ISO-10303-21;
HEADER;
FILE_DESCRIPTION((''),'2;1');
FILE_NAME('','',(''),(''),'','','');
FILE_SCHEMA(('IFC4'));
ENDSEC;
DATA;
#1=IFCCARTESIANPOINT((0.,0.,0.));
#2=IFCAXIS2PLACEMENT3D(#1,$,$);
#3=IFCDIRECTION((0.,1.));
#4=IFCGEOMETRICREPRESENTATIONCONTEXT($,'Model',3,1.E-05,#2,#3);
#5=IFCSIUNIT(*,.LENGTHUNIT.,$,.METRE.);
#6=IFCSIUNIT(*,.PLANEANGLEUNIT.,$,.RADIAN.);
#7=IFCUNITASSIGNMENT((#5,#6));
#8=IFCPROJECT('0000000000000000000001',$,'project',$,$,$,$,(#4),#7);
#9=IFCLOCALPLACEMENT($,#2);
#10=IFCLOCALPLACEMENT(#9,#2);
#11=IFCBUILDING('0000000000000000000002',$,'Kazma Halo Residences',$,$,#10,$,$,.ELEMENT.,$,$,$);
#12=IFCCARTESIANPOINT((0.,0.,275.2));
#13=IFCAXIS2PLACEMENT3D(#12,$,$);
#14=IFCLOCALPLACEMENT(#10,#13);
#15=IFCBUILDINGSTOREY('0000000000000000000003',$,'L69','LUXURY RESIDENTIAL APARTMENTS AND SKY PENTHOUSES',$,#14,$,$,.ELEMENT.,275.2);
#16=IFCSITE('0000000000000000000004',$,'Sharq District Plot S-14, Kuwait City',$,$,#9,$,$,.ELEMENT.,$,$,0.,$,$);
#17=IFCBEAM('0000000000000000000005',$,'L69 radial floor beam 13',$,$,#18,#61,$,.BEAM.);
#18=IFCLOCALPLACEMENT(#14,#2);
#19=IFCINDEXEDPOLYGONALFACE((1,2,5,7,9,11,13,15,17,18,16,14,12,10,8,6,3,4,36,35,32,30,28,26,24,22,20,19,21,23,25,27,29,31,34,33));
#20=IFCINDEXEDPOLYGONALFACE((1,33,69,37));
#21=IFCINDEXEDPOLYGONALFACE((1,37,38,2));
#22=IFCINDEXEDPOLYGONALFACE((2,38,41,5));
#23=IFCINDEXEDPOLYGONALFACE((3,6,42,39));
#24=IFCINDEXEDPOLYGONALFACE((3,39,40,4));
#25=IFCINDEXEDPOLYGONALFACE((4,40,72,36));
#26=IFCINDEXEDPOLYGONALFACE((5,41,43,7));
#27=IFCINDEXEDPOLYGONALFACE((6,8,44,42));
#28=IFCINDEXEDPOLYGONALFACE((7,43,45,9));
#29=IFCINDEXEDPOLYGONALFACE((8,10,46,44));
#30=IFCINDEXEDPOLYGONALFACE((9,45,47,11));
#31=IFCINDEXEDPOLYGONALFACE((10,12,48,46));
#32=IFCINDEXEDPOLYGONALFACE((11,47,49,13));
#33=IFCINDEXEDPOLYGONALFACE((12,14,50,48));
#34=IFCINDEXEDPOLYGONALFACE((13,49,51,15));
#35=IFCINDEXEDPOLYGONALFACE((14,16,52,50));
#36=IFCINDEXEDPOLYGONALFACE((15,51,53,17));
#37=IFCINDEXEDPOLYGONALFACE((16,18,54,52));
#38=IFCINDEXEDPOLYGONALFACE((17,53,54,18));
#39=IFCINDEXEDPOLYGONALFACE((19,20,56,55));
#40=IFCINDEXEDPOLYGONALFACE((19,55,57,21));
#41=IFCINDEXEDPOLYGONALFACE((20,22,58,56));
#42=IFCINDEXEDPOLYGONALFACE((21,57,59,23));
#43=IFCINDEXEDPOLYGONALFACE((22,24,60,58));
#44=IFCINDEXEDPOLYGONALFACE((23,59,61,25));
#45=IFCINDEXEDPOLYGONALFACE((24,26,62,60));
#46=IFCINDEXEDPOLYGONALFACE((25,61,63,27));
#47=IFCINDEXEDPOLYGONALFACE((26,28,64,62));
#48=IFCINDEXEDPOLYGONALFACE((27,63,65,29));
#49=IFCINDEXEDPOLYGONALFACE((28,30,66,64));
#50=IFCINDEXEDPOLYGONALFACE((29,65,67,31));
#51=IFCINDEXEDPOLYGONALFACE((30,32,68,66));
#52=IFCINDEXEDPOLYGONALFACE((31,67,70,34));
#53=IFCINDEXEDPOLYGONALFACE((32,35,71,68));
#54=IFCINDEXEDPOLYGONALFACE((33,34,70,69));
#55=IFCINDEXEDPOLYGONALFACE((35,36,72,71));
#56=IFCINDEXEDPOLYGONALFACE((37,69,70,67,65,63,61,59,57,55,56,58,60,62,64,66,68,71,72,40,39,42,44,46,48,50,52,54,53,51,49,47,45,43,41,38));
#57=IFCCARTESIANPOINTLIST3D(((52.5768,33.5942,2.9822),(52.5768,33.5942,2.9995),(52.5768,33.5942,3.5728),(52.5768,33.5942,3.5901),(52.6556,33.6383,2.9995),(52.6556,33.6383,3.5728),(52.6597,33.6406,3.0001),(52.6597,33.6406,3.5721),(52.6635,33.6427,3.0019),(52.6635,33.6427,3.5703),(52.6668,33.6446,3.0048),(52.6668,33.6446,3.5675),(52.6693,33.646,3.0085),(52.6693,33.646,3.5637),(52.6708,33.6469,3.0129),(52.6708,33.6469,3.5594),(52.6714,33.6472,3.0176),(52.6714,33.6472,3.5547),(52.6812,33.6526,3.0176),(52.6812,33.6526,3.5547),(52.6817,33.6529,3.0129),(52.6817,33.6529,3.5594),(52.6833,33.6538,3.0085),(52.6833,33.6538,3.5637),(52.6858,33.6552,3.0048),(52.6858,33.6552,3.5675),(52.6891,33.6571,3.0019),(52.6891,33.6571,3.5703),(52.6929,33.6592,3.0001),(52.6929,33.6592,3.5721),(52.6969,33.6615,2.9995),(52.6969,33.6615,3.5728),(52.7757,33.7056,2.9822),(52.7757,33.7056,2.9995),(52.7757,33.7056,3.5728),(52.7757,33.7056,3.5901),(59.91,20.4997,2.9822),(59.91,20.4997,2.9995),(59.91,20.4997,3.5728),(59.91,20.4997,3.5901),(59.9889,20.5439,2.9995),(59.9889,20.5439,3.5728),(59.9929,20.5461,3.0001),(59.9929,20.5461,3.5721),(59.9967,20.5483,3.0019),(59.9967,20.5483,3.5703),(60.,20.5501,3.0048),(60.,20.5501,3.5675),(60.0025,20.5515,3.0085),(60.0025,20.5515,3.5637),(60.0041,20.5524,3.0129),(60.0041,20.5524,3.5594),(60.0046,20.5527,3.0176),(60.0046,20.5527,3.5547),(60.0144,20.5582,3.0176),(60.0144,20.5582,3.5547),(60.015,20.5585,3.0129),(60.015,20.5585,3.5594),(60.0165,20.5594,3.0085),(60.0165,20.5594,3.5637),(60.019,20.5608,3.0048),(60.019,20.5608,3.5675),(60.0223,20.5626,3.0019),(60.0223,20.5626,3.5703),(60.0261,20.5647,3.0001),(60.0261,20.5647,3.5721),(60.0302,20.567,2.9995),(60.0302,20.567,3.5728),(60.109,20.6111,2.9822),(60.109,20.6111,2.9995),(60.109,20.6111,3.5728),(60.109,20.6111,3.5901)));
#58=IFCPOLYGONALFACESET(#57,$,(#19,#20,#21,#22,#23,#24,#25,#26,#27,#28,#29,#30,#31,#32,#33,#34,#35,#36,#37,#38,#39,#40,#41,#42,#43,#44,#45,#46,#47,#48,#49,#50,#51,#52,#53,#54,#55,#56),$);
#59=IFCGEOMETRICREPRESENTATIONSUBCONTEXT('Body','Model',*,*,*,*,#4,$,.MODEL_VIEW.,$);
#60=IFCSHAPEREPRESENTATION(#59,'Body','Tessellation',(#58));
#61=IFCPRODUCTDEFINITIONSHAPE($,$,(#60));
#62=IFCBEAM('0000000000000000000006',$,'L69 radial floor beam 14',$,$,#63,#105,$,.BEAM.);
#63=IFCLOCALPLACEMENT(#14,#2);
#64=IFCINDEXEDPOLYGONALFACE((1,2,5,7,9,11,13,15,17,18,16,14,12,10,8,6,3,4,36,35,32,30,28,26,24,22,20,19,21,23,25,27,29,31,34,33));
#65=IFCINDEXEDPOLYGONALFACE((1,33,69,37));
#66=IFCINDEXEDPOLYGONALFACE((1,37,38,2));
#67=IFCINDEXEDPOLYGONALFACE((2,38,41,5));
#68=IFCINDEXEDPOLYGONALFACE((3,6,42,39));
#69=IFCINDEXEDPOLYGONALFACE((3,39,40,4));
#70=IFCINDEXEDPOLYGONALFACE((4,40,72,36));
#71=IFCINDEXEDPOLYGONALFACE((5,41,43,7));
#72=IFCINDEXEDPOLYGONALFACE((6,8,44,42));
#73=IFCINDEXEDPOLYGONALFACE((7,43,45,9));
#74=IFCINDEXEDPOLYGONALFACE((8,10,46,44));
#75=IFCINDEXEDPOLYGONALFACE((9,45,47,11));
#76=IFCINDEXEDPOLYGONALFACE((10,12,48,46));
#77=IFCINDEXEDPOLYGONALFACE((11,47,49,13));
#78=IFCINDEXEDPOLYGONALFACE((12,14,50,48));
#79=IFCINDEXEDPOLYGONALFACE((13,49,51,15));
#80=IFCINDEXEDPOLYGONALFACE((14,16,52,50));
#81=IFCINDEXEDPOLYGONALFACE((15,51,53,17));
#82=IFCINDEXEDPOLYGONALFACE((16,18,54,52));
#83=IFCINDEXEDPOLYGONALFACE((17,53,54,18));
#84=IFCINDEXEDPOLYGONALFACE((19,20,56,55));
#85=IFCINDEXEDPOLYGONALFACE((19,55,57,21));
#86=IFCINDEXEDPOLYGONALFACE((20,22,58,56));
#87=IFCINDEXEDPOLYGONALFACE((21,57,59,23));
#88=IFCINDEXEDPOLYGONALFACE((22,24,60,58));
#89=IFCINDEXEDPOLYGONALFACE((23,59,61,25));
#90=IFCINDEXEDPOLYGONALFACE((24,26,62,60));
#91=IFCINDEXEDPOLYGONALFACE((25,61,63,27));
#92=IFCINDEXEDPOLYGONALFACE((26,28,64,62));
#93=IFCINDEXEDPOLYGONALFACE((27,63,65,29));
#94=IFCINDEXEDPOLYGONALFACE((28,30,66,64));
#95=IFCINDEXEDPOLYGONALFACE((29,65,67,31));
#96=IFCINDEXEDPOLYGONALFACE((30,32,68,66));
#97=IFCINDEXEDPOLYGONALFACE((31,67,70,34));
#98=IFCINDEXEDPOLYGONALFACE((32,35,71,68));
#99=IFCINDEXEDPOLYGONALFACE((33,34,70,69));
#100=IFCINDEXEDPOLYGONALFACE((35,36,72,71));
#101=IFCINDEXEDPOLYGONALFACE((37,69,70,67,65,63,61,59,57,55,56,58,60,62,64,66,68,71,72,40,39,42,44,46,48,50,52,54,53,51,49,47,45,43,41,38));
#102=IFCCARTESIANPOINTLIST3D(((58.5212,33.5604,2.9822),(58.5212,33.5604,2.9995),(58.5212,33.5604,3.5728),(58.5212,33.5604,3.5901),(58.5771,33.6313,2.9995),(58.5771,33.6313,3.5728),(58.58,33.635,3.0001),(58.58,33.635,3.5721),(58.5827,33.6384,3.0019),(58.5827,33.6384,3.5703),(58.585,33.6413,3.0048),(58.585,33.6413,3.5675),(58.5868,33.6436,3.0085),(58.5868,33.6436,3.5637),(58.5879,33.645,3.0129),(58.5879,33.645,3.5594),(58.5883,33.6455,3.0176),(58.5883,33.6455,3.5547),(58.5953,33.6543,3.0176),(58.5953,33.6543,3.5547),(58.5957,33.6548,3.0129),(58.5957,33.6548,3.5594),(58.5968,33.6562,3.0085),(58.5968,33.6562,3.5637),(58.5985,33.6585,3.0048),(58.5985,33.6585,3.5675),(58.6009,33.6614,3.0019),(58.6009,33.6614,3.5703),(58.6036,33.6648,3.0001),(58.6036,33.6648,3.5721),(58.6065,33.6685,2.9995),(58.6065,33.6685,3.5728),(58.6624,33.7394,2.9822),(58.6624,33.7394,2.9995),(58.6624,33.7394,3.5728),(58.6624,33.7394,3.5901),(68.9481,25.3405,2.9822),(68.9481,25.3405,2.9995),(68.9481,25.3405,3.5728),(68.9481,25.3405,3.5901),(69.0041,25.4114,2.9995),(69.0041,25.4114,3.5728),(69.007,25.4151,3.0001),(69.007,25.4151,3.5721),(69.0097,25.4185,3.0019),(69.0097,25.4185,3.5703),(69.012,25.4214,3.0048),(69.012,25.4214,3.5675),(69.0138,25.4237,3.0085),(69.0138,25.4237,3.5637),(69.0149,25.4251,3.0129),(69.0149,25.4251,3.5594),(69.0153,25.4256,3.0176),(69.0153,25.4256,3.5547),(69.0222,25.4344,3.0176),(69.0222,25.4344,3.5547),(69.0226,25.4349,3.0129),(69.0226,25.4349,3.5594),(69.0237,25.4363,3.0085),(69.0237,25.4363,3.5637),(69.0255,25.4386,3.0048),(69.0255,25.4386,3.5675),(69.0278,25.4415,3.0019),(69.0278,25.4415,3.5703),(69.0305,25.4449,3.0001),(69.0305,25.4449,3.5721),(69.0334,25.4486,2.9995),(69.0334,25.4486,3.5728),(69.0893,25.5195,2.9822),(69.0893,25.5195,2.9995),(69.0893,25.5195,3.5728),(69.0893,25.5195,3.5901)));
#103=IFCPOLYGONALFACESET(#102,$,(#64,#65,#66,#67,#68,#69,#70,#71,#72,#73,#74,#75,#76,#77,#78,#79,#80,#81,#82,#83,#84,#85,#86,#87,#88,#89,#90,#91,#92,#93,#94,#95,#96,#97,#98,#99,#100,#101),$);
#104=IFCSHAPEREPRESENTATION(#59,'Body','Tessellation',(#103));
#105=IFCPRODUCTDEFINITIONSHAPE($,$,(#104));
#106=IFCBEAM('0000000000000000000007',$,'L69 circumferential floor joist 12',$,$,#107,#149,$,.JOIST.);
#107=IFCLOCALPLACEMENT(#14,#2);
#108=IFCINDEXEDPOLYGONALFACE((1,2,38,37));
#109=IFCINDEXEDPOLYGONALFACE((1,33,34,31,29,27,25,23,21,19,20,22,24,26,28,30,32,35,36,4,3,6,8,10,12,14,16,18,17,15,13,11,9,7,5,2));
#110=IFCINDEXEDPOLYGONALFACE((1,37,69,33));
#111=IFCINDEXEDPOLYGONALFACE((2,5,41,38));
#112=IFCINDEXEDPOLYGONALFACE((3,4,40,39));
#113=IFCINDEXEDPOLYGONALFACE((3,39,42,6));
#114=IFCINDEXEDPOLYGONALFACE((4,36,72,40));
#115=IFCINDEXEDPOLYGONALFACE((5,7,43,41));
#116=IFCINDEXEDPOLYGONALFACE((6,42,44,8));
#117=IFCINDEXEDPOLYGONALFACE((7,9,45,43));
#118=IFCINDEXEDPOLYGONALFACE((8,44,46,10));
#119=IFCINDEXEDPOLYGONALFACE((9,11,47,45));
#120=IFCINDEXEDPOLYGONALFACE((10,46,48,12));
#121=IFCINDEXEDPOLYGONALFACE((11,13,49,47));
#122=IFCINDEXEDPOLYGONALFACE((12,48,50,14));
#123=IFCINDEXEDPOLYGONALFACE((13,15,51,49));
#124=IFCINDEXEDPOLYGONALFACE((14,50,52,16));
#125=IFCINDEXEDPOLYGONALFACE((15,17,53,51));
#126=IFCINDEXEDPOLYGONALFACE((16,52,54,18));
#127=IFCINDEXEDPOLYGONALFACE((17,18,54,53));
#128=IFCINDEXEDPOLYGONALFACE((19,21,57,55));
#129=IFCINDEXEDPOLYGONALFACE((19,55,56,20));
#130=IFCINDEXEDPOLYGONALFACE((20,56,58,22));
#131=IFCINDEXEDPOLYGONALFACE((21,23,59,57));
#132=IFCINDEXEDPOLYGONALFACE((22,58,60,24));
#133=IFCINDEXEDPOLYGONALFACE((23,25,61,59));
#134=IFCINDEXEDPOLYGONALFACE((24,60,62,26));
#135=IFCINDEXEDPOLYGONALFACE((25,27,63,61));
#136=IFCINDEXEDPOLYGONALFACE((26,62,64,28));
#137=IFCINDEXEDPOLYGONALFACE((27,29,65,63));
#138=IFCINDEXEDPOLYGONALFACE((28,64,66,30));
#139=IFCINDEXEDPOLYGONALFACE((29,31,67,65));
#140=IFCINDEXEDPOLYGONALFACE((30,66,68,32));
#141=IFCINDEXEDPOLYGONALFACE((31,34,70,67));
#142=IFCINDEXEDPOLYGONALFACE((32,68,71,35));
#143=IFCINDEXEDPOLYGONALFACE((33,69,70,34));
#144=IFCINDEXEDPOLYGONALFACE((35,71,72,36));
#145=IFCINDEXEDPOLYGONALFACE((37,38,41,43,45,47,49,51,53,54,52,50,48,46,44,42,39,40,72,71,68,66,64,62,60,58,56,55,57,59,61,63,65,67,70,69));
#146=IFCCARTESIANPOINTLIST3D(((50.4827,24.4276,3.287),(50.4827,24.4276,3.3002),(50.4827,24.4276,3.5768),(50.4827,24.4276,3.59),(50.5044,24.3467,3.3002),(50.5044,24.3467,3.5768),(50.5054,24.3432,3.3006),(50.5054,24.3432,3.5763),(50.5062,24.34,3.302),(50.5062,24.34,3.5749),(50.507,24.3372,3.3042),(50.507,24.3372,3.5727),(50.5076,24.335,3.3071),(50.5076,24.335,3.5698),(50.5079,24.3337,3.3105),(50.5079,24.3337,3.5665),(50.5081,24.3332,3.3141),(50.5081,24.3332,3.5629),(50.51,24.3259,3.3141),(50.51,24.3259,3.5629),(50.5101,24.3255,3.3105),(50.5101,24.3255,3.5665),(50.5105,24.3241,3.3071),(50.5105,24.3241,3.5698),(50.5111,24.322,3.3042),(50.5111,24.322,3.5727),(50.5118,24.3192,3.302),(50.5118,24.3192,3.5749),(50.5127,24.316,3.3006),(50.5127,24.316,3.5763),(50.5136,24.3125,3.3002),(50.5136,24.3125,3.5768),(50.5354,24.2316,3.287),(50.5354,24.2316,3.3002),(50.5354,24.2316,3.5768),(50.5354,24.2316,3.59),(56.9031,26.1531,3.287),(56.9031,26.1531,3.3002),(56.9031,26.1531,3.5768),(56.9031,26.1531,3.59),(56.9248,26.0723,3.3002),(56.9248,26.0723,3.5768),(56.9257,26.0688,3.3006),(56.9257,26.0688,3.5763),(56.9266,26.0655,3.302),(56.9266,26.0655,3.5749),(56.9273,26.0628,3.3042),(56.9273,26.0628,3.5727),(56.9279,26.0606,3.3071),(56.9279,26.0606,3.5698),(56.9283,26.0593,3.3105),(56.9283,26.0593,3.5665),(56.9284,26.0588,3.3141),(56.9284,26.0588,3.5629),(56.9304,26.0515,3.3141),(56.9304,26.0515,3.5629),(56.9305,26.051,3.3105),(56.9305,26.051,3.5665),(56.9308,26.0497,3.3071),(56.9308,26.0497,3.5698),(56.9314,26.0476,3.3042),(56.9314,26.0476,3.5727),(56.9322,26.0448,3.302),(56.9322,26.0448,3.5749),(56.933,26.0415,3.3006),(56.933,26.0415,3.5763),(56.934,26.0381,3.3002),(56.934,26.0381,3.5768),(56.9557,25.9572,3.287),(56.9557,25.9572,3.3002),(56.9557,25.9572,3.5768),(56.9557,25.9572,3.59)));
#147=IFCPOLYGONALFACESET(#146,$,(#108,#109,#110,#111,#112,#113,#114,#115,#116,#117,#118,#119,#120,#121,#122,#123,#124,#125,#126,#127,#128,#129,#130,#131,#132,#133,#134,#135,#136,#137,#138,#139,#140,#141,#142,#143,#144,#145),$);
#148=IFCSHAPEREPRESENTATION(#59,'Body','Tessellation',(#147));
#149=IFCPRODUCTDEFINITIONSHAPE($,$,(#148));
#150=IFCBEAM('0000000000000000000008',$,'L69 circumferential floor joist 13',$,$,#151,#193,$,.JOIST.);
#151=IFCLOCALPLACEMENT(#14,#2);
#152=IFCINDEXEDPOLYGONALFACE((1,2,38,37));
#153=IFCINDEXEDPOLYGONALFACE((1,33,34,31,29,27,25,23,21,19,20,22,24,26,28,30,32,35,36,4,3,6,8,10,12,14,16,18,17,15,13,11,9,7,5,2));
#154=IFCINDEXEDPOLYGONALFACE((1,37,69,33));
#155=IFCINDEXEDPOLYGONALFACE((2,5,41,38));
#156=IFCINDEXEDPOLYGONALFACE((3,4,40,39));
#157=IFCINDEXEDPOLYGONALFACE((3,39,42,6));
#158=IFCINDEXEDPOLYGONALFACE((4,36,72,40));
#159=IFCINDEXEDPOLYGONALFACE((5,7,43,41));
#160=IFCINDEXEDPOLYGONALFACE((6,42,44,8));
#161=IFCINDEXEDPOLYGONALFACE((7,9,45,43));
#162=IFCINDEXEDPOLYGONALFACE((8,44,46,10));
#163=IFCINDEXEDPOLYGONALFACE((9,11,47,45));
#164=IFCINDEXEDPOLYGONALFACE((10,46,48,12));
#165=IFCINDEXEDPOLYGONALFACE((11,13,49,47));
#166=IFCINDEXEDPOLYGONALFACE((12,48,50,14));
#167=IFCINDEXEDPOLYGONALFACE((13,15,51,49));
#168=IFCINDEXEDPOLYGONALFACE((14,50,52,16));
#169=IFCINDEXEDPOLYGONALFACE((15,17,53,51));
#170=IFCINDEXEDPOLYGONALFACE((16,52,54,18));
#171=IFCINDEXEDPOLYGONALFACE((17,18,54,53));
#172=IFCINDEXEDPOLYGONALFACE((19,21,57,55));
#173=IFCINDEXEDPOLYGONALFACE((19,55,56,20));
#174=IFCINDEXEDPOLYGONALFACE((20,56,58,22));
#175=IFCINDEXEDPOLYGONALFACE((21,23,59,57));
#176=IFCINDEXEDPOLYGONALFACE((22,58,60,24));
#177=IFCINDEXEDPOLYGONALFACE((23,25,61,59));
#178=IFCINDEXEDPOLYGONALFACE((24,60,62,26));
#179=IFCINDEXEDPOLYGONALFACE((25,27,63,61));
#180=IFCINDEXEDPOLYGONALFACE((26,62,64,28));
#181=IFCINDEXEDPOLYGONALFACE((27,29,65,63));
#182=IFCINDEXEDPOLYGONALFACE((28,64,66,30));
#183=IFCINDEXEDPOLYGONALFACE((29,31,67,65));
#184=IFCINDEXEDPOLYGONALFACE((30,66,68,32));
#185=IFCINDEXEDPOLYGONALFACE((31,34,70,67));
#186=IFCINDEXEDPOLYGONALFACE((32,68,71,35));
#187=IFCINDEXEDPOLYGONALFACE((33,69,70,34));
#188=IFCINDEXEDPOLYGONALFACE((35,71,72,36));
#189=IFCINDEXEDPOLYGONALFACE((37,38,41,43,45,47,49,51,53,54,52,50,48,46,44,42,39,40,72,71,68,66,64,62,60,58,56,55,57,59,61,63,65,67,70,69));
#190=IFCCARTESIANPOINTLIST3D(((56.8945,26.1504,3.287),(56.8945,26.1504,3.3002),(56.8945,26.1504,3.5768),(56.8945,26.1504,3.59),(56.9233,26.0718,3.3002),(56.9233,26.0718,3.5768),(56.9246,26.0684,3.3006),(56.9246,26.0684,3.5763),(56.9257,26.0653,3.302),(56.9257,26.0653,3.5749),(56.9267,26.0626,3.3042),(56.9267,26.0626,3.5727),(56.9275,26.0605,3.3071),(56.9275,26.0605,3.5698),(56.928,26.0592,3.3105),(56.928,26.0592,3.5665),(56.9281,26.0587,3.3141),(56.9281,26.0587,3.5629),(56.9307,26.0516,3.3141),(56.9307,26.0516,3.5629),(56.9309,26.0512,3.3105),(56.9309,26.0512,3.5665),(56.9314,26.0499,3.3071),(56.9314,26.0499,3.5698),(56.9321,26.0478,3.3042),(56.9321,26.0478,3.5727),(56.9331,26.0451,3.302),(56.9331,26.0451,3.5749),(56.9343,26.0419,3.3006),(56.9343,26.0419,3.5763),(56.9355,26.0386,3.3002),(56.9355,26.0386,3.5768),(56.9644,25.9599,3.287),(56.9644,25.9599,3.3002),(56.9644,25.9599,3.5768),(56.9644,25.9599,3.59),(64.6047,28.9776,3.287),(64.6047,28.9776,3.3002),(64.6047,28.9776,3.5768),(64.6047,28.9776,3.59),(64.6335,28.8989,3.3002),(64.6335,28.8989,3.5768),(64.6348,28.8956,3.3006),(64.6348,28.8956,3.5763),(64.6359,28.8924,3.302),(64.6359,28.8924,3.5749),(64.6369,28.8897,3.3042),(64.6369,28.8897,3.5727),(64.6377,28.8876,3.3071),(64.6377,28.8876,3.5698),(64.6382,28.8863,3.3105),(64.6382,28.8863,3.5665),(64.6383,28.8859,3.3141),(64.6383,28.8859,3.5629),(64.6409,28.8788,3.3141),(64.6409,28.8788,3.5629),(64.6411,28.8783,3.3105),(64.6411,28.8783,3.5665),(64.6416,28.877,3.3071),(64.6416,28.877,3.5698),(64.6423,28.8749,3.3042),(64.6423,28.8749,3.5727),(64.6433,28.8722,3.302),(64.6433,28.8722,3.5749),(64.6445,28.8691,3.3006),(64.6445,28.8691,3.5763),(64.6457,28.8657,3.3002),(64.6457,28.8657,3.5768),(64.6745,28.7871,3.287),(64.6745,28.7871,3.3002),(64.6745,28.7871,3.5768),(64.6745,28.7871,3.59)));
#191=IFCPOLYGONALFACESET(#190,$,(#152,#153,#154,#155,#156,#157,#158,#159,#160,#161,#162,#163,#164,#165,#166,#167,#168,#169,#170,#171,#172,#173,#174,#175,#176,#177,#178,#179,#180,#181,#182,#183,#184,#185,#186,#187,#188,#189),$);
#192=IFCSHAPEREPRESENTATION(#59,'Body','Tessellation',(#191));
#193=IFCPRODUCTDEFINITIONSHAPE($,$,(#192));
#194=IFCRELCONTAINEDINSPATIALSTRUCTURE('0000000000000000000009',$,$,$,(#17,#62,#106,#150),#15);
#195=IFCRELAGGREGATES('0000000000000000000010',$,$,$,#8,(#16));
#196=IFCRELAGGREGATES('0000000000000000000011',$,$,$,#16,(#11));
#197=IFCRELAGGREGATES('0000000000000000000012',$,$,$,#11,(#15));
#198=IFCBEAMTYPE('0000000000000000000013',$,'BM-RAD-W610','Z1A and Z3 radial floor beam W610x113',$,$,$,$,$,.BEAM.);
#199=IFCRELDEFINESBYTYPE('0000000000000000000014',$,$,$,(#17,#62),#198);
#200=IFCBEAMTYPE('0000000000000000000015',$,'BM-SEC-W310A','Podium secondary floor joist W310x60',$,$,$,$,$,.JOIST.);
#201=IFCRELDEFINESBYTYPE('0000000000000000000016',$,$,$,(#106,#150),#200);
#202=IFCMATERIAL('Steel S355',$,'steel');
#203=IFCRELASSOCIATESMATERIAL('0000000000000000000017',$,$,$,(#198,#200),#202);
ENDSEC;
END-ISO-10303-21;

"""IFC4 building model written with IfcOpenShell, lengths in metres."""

from ifc_helpers import new_model, si_unit, direction, frame, origin, origin_2d, place, context, subcontext, project, spatial, i_section, extrude, material, material_profile, profile_set, type_object, element, save


model = new_model("IFC4")

# Units and contexts
model_context = context("Model", 3, precision=1e-05, world=origin(), true_north=direction((0.0, 1.0)))
body_context = subcontext(model_context, "Body", "Model", "MODEL_VIEW")
ifc_project = project(units=[si_unit("LENGTHUNIT", "METRE"), si_unit("PLANEANGLEUNIT", "RADIAN")], contexts=[model_context])

# Site, building, storey
site_placement = place(None, origin())
site = spatial("IfcSite", under=ifc_project, at=site_placement, Name="Sharq District Plot S-14, Kuwait City", CompositionType="ELEMENT", RefElevation=0.0)
building_placement = place(site_placement, origin())
building = spatial("IfcBuilding", under=site, at=building_placement, Name="Kazma Halo Residences", CompositionType="ELEMENT")
storey_placement = place(building_placement, frame((0.0, 0.0, 275.2)))
storey = spatial("IfcBuildingStorey", under=building, at=storey_placement, Name="L69", Description="LUXURY RESIDENTIAL APARTMENTS AND SKY PENTHOUSES", CompositionType="ELEMENT", Elevation=275.2)

# Beams
ifc_material_1 = material(Name="Steel S355", Category="steel")
ifc_material_profile_1 = material_profile(ifc_material_1, i_section(OverallWidth=0.228, OverallDepth=0.6079, WebThickness=0.0112, FlangeThickness=0.0173, FilletRadius=0.0181, at=origin_2d()), Name="W610x113")
ifc_profile_set_1 = profile_set([ifc_material_profile_1], Name="Steel S355")
beam_type_1 = type_object("IfcBeamType", Name="BM-RAD-W610", Description="Z1A and Z3 radial floor beam W610x113", PredefinedType="BEAM", material=ifc_profile_set_1)
beam_1_placement = place(storey_placement, frame((52.6763, 33.6499, 3.2861), z_axis=(0.488621, -0.872496, 0.0), x_axis=(0.872496, 0.488621, 0.0)))
element("IfcBeam", 1, at=beam_1_placement, inside=storey, type_object=beam_type_1, Name="L69 radial floor beam 13", PredefinedType="BEAM", context=body_context, shape_type="SweptSolid", body=[
    extrude(i_section(OverallWidth=0.228, OverallDepth=0.6079, WebThickness=0.0112, FlangeThickness=0.0173, FilletRadius=0.0181, at=origin_2d()), origin(), (0.0, 0.0, 1.0), 15.0081),
])
beam_2_placement = place(storey_placement, frame((58.5918, 33.6499, 3.2861), z_axis=(0.785317, -0.619093, 0.0), x_axis=(0.619093, 0.785317, 0.0)))
element("IfcBeam", 2, at=beam_2_placement, inside=storey, type_object=beam_type_1, Name="L69 radial floor beam 14", PredefinedType="BEAM", context=body_context, shape_type="SweptSolid", body=[
    extrude(i_section(OverallWidth=0.228, OverallDepth=0.6079, WebThickness=0.0112, FlangeThickness=0.0173, FilletRadius=0.0181, at=origin_2d()), origin(), (0.0, 0.0, 1.0), 13.2773),
])
ifc_material_profile_2 = material_profile(ifc_material_1, i_section(OverallWidth=0.2029, OverallDepth=0.303, WebThickness=0.0076, FlangeThickness=0.0132, FilletRadius=0.0139, at=origin_2d()), Name="W310x60")
ifc_profile_set_2 = profile_set([ifc_material_profile_2], Name="Steel S355")
beam_type_2 = type_object("IfcBeamType", Name="BM-SEC-W310A", Description="Podium secondary floor joist W310x60", PredefinedType="JOIST", material=ifc_profile_set_2)
beam_3_placement = place(storey_placement, frame((50.509, 24.3296, 3.4385), z_axis=(0.965728, 0.259555, 0.0), x_axis=(-0.259555, 0.965728, 0.0)))
element("IfcBeam", 3, at=beam_3_placement, inside=storey, type_object=beam_type_2, Name="L69 circumferential floor joist 12", PredefinedType="JOIST", context=body_context, shape_type="SweptSolid", body=[
    extrude(i_section(OverallWidth=0.2029, OverallDepth=0.303, WebThickness=0.0076, FlangeThickness=0.0132, FilletRadius=0.0139, at=origin_2d()), origin(), (0.0, 0.0, 1.0), 6.6482),
])
beam_4_placement = place(storey_placement, frame((56.9294, 26.0552, 3.4385), z_axis=(0.938873, 0.344263, 0.0), x_axis=(-0.344263, 0.938873, 0.0)))
element("IfcBeam", 4, at=beam_4_placement, inside=storey, type_object=beam_type_2, Name="L69 circumferential floor joist 13", PredefinedType="JOIST", context=body_context, shape_type="SweptSolid", body=[
    extrude(i_section(OverallWidth=0.2029, OverallDepth=0.303, WebThickness=0.0076, FlangeThickness=0.0132, FilletRadius=0.0139, at=origin_2d()), origin(), (0.0, 0.0, 1.0), 8.2122),
])

save(model, "model.ifc")
